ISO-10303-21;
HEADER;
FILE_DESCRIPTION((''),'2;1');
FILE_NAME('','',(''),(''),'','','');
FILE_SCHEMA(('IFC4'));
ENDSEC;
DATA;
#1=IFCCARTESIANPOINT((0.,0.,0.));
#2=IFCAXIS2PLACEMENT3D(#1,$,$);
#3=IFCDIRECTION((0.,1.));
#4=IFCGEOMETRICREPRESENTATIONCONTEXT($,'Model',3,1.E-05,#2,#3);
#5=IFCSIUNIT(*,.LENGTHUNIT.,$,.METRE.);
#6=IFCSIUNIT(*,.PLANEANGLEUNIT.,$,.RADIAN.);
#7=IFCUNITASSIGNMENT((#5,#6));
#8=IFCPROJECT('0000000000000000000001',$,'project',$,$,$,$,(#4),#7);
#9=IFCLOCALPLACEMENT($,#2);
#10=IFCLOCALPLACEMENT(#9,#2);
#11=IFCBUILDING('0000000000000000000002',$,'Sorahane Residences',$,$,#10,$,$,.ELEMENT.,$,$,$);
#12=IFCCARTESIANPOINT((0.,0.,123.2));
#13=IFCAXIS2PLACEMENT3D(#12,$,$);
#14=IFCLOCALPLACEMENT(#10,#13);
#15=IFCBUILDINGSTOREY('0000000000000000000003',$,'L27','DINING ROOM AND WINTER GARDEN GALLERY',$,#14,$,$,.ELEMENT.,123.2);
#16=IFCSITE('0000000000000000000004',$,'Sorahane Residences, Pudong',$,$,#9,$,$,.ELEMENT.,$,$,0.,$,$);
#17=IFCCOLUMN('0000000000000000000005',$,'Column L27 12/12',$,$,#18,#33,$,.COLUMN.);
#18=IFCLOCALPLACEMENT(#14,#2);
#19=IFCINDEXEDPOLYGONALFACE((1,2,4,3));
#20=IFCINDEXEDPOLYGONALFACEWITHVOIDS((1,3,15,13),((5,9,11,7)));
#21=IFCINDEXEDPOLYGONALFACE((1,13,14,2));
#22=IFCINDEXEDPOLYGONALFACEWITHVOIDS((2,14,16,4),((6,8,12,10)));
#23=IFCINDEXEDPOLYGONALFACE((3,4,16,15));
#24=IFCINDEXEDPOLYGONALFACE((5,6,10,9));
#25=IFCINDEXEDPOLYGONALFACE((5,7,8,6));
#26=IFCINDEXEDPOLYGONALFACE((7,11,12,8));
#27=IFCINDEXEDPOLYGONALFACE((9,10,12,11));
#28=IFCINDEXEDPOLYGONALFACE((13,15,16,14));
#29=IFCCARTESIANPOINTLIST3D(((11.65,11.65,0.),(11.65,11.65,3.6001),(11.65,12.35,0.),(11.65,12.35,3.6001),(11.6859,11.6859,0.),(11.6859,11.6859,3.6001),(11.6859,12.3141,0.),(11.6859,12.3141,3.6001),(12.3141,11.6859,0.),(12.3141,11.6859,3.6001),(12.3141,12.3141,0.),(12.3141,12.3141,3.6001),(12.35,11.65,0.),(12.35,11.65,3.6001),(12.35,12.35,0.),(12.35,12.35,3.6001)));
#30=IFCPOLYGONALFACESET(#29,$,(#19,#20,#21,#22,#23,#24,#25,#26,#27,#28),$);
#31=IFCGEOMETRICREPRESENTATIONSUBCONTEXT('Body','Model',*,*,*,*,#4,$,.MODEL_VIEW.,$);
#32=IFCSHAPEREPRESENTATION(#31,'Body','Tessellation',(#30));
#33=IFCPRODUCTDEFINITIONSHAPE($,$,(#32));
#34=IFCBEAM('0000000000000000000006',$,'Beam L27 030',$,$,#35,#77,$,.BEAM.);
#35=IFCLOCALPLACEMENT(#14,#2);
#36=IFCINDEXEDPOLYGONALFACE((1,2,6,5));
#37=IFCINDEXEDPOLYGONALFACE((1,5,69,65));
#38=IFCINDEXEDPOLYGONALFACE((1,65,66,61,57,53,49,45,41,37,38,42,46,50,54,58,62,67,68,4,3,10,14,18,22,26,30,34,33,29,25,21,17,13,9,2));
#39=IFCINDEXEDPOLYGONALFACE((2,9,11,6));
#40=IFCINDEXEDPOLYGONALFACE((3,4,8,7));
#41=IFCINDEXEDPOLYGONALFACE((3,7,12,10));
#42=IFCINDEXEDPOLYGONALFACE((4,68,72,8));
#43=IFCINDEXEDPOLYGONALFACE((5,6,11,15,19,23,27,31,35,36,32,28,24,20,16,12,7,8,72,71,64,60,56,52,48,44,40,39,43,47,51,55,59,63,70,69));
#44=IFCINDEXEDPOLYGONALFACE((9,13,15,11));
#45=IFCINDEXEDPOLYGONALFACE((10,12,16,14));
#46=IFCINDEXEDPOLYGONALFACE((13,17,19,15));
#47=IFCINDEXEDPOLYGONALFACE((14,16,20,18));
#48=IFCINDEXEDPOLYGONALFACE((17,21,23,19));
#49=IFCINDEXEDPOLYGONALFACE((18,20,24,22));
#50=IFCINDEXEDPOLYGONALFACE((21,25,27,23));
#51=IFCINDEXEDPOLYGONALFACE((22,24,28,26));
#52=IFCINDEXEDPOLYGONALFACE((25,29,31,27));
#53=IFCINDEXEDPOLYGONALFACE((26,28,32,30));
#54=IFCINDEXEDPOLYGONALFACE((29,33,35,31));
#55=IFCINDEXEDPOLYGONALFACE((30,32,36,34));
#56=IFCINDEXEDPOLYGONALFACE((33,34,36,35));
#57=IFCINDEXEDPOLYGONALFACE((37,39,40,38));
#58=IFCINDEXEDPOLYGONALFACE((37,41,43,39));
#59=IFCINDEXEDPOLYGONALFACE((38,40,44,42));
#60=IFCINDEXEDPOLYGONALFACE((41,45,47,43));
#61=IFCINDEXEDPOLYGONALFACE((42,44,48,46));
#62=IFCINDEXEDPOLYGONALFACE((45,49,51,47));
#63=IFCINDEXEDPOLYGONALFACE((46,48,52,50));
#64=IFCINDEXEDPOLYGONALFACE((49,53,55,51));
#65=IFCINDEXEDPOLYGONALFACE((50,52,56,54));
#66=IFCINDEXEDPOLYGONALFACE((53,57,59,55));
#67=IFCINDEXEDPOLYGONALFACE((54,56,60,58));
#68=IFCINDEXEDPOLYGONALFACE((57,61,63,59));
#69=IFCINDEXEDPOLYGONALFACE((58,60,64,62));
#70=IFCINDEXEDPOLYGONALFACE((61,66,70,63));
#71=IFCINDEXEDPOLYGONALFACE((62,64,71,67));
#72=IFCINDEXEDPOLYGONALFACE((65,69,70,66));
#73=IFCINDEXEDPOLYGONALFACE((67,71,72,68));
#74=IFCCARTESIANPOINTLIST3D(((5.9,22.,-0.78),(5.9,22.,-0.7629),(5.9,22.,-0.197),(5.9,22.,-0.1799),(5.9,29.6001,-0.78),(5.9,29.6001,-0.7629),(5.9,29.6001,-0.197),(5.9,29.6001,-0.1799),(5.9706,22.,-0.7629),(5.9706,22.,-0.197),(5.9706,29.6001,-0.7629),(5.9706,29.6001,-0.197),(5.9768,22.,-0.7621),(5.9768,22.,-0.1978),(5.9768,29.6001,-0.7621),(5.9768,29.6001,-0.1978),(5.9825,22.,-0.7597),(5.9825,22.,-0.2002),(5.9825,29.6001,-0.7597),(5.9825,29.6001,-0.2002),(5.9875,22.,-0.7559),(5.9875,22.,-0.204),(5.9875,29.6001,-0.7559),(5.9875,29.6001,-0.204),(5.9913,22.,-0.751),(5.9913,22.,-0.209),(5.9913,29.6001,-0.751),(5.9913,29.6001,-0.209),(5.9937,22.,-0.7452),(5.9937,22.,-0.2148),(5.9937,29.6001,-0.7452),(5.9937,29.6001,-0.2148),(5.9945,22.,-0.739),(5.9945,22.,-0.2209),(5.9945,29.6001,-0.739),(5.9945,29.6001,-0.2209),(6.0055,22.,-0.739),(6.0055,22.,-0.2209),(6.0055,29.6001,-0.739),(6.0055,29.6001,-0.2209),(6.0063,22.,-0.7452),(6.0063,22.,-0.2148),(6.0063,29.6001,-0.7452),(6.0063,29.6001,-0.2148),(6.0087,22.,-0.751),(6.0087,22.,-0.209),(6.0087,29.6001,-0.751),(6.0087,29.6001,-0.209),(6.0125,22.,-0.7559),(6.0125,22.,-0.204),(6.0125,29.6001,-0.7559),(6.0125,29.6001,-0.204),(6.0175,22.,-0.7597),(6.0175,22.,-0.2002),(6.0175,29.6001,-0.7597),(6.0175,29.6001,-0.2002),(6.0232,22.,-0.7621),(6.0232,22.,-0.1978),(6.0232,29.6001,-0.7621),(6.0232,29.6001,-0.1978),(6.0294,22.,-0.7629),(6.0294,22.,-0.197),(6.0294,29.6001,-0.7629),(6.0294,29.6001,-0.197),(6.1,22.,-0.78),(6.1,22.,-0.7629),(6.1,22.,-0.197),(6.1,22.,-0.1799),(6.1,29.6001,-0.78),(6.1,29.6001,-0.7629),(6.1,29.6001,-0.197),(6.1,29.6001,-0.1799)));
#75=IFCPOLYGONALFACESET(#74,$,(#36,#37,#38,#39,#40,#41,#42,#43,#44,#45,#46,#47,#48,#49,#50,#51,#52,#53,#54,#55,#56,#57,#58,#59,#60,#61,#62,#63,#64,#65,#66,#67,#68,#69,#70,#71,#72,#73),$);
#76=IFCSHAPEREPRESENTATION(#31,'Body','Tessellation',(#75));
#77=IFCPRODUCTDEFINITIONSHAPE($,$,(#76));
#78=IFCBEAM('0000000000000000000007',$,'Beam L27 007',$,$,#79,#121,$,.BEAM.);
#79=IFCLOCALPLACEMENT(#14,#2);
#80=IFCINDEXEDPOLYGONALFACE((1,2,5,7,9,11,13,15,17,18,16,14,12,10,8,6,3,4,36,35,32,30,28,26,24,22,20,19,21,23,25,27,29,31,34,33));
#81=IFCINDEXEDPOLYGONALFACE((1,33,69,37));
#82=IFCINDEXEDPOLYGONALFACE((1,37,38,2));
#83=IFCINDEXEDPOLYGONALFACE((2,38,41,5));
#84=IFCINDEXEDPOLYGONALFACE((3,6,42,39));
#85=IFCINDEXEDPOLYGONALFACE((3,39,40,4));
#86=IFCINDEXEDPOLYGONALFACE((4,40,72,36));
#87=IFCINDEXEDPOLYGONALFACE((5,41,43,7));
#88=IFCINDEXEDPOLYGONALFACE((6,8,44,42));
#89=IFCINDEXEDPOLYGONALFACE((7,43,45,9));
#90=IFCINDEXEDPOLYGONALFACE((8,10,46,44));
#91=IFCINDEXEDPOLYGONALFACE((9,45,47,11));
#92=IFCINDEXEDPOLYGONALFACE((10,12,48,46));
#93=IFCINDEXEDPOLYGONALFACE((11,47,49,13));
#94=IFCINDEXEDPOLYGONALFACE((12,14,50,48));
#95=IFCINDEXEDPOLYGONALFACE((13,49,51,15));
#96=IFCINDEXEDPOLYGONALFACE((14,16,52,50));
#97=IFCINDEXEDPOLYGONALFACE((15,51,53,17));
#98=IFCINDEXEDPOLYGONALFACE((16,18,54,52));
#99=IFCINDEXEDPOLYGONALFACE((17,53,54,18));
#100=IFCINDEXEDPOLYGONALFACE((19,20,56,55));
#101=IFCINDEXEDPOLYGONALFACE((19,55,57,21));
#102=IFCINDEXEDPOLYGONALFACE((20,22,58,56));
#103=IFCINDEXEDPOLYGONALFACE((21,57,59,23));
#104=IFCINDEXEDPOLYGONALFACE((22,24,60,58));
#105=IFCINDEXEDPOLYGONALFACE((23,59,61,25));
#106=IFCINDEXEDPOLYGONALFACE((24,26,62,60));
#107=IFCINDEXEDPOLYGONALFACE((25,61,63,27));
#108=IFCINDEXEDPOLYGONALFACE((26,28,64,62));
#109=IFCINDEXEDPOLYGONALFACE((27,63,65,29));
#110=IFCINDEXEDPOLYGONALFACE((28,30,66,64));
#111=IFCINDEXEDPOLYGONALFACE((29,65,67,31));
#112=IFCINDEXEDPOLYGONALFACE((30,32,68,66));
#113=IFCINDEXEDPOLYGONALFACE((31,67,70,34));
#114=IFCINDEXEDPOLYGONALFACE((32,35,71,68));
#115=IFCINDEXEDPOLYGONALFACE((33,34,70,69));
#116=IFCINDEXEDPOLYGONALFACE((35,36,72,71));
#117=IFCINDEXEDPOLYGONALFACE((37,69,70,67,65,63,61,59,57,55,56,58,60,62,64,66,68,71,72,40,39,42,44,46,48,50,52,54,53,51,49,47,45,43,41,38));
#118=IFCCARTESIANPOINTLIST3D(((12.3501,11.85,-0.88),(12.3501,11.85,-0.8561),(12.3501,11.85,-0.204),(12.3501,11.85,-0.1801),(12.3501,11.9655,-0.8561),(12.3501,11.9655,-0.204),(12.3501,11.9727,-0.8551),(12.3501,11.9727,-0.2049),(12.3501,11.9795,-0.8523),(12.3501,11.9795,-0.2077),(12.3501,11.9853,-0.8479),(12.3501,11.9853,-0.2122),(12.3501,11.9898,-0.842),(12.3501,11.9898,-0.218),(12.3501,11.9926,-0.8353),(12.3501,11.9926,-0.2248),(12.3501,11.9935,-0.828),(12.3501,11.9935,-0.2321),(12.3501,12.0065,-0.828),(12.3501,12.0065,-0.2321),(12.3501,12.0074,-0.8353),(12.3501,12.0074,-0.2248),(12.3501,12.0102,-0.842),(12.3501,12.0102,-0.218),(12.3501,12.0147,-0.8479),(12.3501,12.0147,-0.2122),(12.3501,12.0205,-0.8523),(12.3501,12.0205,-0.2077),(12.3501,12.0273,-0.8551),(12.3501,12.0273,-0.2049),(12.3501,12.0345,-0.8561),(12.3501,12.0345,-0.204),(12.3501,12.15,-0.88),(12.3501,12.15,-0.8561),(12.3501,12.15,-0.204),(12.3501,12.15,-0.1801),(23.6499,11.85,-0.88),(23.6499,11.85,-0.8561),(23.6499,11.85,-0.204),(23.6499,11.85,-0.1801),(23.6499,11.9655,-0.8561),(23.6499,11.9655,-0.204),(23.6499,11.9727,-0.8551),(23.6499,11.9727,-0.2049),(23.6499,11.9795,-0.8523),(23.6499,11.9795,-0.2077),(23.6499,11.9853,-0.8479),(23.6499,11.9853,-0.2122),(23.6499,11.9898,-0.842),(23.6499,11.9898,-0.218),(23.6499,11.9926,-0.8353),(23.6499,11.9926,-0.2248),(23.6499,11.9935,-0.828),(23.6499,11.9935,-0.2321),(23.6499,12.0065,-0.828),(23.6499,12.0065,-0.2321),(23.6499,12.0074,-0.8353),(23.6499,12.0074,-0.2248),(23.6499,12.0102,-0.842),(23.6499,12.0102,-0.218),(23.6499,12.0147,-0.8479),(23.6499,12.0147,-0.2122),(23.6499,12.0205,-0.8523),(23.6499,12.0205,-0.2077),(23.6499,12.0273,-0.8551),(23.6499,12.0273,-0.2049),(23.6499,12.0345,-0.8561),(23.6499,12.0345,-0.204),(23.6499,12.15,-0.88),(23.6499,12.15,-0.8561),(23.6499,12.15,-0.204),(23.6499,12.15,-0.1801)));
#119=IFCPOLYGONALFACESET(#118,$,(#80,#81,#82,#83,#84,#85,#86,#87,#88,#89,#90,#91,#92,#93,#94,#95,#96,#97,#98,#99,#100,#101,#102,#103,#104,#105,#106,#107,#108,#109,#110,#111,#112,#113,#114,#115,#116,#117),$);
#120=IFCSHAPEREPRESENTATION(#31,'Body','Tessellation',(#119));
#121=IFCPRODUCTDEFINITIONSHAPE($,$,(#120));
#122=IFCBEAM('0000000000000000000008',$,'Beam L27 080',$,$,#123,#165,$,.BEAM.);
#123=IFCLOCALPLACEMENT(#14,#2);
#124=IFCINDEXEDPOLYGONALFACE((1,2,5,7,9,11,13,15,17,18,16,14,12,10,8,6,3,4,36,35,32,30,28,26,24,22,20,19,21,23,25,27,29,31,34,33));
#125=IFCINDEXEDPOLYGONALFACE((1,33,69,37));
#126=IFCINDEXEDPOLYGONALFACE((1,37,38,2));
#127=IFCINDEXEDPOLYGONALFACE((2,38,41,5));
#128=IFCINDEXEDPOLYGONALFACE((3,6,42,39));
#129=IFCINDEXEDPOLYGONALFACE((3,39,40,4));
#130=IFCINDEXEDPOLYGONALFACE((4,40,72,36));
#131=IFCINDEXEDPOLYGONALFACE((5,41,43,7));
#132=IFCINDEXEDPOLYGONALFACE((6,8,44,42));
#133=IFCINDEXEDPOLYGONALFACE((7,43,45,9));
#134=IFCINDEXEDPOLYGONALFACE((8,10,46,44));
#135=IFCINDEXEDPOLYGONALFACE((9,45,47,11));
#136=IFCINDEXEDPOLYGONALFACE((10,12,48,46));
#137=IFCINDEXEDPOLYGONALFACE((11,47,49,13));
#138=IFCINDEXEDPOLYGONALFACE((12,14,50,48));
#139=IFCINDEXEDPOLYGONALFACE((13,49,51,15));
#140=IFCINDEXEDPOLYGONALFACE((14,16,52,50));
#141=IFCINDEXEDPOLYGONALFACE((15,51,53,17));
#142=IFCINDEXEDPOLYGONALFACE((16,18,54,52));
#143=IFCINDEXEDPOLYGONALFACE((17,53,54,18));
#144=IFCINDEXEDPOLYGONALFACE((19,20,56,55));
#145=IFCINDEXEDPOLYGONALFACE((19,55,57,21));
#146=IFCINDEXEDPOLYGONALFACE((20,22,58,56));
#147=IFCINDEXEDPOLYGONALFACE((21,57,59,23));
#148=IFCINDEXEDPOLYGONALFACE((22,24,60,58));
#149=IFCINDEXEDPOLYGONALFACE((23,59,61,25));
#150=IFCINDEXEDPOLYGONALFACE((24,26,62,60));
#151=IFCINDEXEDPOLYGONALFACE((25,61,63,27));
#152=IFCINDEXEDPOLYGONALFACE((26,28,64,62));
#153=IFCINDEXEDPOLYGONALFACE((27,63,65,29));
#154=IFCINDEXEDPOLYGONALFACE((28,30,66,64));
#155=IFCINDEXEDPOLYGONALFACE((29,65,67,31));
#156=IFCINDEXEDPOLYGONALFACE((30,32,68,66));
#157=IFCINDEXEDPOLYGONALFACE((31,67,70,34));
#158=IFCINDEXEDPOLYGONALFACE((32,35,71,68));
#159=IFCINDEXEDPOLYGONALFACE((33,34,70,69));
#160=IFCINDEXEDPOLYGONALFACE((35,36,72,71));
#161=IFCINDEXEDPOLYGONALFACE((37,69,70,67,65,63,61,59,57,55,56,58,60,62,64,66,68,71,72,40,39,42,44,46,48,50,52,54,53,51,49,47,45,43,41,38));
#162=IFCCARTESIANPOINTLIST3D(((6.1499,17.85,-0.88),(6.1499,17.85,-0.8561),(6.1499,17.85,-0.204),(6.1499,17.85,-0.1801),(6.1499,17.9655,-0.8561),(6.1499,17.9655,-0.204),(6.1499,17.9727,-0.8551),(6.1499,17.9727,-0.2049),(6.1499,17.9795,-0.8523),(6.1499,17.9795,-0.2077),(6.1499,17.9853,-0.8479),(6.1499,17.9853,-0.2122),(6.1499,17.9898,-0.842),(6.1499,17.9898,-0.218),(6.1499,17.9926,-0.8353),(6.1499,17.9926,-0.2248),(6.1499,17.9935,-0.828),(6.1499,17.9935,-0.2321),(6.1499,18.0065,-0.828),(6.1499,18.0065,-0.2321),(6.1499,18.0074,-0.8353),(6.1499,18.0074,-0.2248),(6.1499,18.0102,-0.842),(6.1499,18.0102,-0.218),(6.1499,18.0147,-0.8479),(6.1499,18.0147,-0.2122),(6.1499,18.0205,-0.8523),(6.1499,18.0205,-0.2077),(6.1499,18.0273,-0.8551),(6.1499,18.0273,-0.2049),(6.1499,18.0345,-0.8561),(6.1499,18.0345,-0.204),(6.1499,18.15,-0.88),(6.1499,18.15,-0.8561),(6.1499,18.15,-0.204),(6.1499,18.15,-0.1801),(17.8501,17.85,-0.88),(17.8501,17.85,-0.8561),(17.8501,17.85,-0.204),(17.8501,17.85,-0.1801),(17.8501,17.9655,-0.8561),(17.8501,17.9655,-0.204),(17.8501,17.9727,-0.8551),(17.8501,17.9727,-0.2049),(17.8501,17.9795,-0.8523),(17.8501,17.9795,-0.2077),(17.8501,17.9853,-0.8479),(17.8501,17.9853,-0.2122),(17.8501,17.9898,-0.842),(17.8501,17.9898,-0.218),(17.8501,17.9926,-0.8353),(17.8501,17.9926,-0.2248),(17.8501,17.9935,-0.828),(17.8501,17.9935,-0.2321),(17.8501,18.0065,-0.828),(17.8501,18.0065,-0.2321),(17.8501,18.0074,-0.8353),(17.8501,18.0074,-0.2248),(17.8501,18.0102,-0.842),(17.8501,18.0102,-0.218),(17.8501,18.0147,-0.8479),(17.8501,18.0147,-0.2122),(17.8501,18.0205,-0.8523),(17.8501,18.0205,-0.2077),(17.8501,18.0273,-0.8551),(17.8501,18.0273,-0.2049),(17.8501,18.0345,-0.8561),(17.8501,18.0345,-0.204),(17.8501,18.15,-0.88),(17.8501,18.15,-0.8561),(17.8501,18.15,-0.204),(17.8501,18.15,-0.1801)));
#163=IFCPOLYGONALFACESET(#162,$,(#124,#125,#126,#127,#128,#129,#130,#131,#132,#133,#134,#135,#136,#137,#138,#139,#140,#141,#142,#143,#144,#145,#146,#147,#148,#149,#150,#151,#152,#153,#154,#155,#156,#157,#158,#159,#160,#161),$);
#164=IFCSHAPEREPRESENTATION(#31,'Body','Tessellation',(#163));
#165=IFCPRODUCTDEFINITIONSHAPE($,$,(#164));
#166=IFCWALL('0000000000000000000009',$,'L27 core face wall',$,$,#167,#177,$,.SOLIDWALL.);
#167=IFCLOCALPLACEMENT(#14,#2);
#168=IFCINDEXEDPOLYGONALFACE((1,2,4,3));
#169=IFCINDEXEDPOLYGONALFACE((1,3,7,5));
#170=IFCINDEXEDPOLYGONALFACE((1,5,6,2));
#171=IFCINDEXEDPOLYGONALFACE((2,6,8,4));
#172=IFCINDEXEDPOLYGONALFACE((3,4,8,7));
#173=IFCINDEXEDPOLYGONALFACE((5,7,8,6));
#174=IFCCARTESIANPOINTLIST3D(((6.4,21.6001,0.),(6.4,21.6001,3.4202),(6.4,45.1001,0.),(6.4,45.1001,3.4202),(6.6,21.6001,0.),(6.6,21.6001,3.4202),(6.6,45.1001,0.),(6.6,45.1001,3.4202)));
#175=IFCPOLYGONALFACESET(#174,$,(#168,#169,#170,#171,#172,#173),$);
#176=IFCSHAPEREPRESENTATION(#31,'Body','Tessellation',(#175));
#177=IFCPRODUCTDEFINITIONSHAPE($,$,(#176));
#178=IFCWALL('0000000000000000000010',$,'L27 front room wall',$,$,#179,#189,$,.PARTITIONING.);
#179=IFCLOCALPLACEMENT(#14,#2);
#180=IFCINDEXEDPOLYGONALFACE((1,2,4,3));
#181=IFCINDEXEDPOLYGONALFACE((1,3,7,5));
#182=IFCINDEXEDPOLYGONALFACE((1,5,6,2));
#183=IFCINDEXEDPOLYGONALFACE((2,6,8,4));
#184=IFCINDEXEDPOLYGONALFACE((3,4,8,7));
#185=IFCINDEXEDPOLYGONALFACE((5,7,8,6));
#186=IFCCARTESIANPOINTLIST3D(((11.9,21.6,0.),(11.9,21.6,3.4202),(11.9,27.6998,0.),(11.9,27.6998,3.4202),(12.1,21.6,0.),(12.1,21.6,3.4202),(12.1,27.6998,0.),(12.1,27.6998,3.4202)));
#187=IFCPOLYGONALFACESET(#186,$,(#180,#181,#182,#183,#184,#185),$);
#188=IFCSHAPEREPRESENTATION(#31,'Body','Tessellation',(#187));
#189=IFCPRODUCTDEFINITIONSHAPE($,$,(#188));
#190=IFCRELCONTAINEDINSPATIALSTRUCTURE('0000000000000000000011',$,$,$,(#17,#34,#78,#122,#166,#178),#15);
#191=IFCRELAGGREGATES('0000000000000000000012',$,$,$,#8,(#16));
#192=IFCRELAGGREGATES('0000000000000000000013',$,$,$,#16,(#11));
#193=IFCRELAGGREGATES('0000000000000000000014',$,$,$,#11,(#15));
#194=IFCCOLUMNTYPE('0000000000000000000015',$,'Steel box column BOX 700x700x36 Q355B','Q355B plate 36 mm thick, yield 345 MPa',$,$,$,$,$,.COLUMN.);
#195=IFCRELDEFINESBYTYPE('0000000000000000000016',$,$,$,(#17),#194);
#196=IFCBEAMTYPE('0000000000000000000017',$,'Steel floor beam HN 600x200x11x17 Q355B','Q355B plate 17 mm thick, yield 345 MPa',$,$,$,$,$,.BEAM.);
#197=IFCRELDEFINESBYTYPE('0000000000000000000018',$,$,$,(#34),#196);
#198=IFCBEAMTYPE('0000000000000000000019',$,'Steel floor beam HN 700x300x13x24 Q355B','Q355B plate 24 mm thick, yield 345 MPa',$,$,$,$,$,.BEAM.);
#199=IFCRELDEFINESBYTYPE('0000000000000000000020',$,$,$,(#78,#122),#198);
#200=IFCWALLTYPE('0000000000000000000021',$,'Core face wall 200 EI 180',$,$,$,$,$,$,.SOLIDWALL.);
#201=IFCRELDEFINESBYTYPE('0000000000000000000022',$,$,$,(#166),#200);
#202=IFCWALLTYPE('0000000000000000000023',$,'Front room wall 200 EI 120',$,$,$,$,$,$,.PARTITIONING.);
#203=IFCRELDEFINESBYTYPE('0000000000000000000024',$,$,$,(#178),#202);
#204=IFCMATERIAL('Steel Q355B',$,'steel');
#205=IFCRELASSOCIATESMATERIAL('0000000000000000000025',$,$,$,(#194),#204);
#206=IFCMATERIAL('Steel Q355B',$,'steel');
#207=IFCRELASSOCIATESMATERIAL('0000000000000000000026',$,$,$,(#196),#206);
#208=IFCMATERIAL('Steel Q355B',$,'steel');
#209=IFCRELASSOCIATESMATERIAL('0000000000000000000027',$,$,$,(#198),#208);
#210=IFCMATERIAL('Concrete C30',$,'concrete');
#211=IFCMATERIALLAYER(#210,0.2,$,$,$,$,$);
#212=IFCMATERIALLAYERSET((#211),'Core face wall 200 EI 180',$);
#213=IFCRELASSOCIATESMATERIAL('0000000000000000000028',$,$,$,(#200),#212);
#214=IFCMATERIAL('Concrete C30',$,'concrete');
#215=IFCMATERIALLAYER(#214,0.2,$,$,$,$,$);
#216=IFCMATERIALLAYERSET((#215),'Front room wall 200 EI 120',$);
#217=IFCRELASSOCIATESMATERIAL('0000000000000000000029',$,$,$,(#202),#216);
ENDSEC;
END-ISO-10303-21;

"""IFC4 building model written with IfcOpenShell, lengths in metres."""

from ifc_helpers import new_model, si_unit, direction, frame, frame_2d, origin, origin_2d, place, context, subcontext, project, spatial, rectangle, hollow_rectangle, i_section, extrude, material, layer, layer_set, material_profile, profile_set, type_object, element, save


model = new_model("IFC4")

# Units and contexts
model_context = context("Model", 3, precision=1e-05, world=origin(), true_north=direction((0.0, 1.0)))
body_context = subcontext(model_context, "Body", "Model", "MODEL_VIEW")
ifc_project = project(units=[si_unit("LENGTHUNIT", "METRE"), si_unit("PLANEANGLEUNIT", "RADIAN")], contexts=[model_context])

# Site, building, storey
site_placement = place(None, origin())
site = spatial("IfcSite", under=ifc_project, at=site_placement, Name="Sorahane Residences, Pudong", CompositionType="ELEMENT", RefElevation=0.0)
building_placement = place(site_placement, origin())
building = spatial("IfcBuilding", under=site, at=building_placement, Name="Sorahane Residences", CompositionType="ELEMENT")
storey_placement = place(building_placement, frame((0.0, 0.0, 123.2)))
storey = spatial("IfcBuildingStorey", under=building, at=storey_placement, Name="L27", Description="DINING ROOM AND WINTER GARDEN GALLERY", CompositionType="ELEMENT", Elevation=123.2)

# Column
ifc_material_1 = material(Name="Steel Q355B", Category="steel")
ifc_material_profile_1 = material_profile(ifc_material_1, hollow_rectangle(XDim=0.7, YDim=0.7, WallThickness=0.0359, at=origin_2d()), Name="BOX 700x700x36")
ifc_profile_set_1 = profile_set([ifc_material_profile_1], Name="Steel Q355B")
column_type = type_object("IfcColumnType", Name="Steel box column BOX 700x700x36 Q355B", Description="Q355B plate 36 mm thick, yield 345 MPa", PredefinedType="COLUMN", material=ifc_profile_set_1)
column_placement = place(storey_placement, frame((12.0, 12.0, 0.0), z_axis=(0.0, 0.0, 1.0), x_axis=(1.0, 0.0, 0.0)))
element("IfcColumn", 1, at=column_placement, inside=storey, type_object=column_type, Name="Column L27 12/12", PredefinedType="COLUMN", context=body_context, shape_type="SweptSolid", body=[
    extrude(hollow_rectangle(XDim=0.7, YDim=0.7, WallThickness=0.0359, at=origin_2d()), origin(), (0.0, 0.0, 1.0), 3.6001),
])

# Beams
ifc_material_2 = material(Name="Steel Q355B", Category="steel")
ifc_material_profile_2 = material_profile(ifc_material_2, i_section(OverallWidth=0.2, OverallDepth=0.6001, WebThickness=0.011, FlangeThickness=0.0171, FilletRadius=0.0239, at=origin_2d()), Name="HN 600x200x11x17")
ifc_profile_set_2 = profile_set([ifc_material_profile_2], Name="Steel Q355B")
beam_type_1 = type_object("IfcBeamType", Name="Steel floor beam HN 600x200x11x17 Q355B", Description="Q355B plate 17 mm thick, yield 345 MPa", PredefinedType="BEAM", material=ifc_profile_set_2)
beam_1_placement = place(storey_placement, frame((6.0, 22.0, -0.48), z_axis=(0.0, 1.0, 0.0), x_axis=(-1.0, 0.0, 0.0)))
element("IfcBeam", 2, at=beam_1_placement, inside=storey, type_object=beam_type_1, Name="Beam L27 030", PredefinedType="BEAM", context=body_context, shape_type="SweptSolid", body=[
    extrude(i_section(OverallWidth=0.2, OverallDepth=0.6001, WebThickness=0.011, FlangeThickness=0.0171, FilletRadius=0.0239, at=origin_2d()), origin(), (0.0, 0.0, 1.0), 7.6001),
])
ifc_material_3 = material(Name="Steel Q355B", Category="steel")
ifc_material_profile_3 = material_profile(ifc_material_3, i_section(OverallWidth=0.3, OverallDepth=0.7, WebThickness=0.0129, FlangeThickness=0.0239, FilletRadius=0.0281, at=origin_2d()), Name="HN 700x300x13x24")
ifc_profile_set_3 = profile_set([ifc_material_profile_3], Name="Steel Q355B")
beam_type_2 = type_object("IfcBeamType", Name="Steel floor beam HN 700x300x13x24 Q355B", Description="Q355B plate 24 mm thick, yield 345 MPa", PredefinedType="BEAM", material=ifc_profile_set_3)
beam_2_placement = place(storey_placement, frame((12.3501, 12.0, -0.53), z_axis=(1.0, 0.0, 0.0), x_axis=(0.0, 1.0, 0.0)))
element("IfcBeam", 3, at=beam_2_placement, inside=storey, type_object=beam_type_2, Name="Beam L27 007", PredefinedType="BEAM", context=body_context, shape_type="SweptSolid", body=[
    extrude(i_section(OverallWidth=0.3, OverallDepth=0.7, WebThickness=0.0129, FlangeThickness=0.0239, FilletRadius=0.0281, at=origin_2d()), origin(), (0.0, 0.0, 1.0), 11.2998),
])
beam_3_placement = place(storey_placement, frame((6.1499, 18.0, -0.53), z_axis=(1.0, 0.0, 0.0), x_axis=(0.0, 1.0, 0.0)))
element("IfcBeam", 4, at=beam_3_placement, inside=storey, type_object=beam_type_2, Name="Beam L27 080", PredefinedType="BEAM", context=body_context, shape_type="SweptSolid", body=[
    extrude(i_section(OverallWidth=0.3, OverallDepth=0.7, WebThickness=0.0129, FlangeThickness=0.0239, FilletRadius=0.0281, at=origin_2d()), origin(), (0.0, 0.0, 1.0), 11.7002),
])

# Walls
ifc_material_4 = material(Name="Concrete C30", Category="concrete")
ifc_layer_1 = layer(ifc_material_4, 0.2)
ifc_layer_set_1 = layer_set([ifc_layer_1], Name="Core face wall 200 EI 180")
wall_type_1 = type_object("IfcWallType", Name="Core face wall 200 EI 180", PredefinedType="SOLIDWALL", material=ifc_layer_set_1)
wall_1_placement = place(storey_placement, frame((6.5, 21.6001, 0.0), z_axis=(0.0, 0.0, 1.0), x_axis=(0.0, 1.0, 0.0)))
element("IfcWall", 5, at=wall_1_placement, inside=storey, type_object=wall_type_1, Name="L27 core face wall", PredefinedType="SOLIDWALL", context=body_context, shape_type="SweptSolid", body=[
    extrude(rectangle(XDim=23.5, YDim=0.2, at=frame_2d((11.75, 0.0))), origin(), (0.0, 0.0, 1.0), 3.4202),
])
ifc_material_5 = material(Name="Concrete C30", Category="concrete")
ifc_layer_2 = layer(ifc_material_5, 0.2)
ifc_layer_set_2 = layer_set([ifc_layer_2], Name="Front room wall 200 EI 120")
wall_type_2 = type_object("IfcWallType", Name="Front room wall 200 EI 120", PredefinedType="PARTITIONING", material=ifc_layer_set_2)
wall_2_placement = place(storey_placement, frame((12.0, 21.6001, 0.0), z_axis=(0.0, 0.0, 1.0), x_axis=(0.0, 1.0, 0.0)))
element("IfcWall", 6, at=wall_2_placement, inside=storey, type_object=wall_type_2, Name="L27 front room wall", PredefinedType="PARTITIONING", context=body_context, shape_type="SweptSolid", body=[
    extrude(rectangle(XDim=6.0999, YDim=0.2, at=frame_2d((3.0498, 0.0))), origin(), (0.0, 0.0, 1.0), 3.4202),
])

save(model, "model.ifc")
